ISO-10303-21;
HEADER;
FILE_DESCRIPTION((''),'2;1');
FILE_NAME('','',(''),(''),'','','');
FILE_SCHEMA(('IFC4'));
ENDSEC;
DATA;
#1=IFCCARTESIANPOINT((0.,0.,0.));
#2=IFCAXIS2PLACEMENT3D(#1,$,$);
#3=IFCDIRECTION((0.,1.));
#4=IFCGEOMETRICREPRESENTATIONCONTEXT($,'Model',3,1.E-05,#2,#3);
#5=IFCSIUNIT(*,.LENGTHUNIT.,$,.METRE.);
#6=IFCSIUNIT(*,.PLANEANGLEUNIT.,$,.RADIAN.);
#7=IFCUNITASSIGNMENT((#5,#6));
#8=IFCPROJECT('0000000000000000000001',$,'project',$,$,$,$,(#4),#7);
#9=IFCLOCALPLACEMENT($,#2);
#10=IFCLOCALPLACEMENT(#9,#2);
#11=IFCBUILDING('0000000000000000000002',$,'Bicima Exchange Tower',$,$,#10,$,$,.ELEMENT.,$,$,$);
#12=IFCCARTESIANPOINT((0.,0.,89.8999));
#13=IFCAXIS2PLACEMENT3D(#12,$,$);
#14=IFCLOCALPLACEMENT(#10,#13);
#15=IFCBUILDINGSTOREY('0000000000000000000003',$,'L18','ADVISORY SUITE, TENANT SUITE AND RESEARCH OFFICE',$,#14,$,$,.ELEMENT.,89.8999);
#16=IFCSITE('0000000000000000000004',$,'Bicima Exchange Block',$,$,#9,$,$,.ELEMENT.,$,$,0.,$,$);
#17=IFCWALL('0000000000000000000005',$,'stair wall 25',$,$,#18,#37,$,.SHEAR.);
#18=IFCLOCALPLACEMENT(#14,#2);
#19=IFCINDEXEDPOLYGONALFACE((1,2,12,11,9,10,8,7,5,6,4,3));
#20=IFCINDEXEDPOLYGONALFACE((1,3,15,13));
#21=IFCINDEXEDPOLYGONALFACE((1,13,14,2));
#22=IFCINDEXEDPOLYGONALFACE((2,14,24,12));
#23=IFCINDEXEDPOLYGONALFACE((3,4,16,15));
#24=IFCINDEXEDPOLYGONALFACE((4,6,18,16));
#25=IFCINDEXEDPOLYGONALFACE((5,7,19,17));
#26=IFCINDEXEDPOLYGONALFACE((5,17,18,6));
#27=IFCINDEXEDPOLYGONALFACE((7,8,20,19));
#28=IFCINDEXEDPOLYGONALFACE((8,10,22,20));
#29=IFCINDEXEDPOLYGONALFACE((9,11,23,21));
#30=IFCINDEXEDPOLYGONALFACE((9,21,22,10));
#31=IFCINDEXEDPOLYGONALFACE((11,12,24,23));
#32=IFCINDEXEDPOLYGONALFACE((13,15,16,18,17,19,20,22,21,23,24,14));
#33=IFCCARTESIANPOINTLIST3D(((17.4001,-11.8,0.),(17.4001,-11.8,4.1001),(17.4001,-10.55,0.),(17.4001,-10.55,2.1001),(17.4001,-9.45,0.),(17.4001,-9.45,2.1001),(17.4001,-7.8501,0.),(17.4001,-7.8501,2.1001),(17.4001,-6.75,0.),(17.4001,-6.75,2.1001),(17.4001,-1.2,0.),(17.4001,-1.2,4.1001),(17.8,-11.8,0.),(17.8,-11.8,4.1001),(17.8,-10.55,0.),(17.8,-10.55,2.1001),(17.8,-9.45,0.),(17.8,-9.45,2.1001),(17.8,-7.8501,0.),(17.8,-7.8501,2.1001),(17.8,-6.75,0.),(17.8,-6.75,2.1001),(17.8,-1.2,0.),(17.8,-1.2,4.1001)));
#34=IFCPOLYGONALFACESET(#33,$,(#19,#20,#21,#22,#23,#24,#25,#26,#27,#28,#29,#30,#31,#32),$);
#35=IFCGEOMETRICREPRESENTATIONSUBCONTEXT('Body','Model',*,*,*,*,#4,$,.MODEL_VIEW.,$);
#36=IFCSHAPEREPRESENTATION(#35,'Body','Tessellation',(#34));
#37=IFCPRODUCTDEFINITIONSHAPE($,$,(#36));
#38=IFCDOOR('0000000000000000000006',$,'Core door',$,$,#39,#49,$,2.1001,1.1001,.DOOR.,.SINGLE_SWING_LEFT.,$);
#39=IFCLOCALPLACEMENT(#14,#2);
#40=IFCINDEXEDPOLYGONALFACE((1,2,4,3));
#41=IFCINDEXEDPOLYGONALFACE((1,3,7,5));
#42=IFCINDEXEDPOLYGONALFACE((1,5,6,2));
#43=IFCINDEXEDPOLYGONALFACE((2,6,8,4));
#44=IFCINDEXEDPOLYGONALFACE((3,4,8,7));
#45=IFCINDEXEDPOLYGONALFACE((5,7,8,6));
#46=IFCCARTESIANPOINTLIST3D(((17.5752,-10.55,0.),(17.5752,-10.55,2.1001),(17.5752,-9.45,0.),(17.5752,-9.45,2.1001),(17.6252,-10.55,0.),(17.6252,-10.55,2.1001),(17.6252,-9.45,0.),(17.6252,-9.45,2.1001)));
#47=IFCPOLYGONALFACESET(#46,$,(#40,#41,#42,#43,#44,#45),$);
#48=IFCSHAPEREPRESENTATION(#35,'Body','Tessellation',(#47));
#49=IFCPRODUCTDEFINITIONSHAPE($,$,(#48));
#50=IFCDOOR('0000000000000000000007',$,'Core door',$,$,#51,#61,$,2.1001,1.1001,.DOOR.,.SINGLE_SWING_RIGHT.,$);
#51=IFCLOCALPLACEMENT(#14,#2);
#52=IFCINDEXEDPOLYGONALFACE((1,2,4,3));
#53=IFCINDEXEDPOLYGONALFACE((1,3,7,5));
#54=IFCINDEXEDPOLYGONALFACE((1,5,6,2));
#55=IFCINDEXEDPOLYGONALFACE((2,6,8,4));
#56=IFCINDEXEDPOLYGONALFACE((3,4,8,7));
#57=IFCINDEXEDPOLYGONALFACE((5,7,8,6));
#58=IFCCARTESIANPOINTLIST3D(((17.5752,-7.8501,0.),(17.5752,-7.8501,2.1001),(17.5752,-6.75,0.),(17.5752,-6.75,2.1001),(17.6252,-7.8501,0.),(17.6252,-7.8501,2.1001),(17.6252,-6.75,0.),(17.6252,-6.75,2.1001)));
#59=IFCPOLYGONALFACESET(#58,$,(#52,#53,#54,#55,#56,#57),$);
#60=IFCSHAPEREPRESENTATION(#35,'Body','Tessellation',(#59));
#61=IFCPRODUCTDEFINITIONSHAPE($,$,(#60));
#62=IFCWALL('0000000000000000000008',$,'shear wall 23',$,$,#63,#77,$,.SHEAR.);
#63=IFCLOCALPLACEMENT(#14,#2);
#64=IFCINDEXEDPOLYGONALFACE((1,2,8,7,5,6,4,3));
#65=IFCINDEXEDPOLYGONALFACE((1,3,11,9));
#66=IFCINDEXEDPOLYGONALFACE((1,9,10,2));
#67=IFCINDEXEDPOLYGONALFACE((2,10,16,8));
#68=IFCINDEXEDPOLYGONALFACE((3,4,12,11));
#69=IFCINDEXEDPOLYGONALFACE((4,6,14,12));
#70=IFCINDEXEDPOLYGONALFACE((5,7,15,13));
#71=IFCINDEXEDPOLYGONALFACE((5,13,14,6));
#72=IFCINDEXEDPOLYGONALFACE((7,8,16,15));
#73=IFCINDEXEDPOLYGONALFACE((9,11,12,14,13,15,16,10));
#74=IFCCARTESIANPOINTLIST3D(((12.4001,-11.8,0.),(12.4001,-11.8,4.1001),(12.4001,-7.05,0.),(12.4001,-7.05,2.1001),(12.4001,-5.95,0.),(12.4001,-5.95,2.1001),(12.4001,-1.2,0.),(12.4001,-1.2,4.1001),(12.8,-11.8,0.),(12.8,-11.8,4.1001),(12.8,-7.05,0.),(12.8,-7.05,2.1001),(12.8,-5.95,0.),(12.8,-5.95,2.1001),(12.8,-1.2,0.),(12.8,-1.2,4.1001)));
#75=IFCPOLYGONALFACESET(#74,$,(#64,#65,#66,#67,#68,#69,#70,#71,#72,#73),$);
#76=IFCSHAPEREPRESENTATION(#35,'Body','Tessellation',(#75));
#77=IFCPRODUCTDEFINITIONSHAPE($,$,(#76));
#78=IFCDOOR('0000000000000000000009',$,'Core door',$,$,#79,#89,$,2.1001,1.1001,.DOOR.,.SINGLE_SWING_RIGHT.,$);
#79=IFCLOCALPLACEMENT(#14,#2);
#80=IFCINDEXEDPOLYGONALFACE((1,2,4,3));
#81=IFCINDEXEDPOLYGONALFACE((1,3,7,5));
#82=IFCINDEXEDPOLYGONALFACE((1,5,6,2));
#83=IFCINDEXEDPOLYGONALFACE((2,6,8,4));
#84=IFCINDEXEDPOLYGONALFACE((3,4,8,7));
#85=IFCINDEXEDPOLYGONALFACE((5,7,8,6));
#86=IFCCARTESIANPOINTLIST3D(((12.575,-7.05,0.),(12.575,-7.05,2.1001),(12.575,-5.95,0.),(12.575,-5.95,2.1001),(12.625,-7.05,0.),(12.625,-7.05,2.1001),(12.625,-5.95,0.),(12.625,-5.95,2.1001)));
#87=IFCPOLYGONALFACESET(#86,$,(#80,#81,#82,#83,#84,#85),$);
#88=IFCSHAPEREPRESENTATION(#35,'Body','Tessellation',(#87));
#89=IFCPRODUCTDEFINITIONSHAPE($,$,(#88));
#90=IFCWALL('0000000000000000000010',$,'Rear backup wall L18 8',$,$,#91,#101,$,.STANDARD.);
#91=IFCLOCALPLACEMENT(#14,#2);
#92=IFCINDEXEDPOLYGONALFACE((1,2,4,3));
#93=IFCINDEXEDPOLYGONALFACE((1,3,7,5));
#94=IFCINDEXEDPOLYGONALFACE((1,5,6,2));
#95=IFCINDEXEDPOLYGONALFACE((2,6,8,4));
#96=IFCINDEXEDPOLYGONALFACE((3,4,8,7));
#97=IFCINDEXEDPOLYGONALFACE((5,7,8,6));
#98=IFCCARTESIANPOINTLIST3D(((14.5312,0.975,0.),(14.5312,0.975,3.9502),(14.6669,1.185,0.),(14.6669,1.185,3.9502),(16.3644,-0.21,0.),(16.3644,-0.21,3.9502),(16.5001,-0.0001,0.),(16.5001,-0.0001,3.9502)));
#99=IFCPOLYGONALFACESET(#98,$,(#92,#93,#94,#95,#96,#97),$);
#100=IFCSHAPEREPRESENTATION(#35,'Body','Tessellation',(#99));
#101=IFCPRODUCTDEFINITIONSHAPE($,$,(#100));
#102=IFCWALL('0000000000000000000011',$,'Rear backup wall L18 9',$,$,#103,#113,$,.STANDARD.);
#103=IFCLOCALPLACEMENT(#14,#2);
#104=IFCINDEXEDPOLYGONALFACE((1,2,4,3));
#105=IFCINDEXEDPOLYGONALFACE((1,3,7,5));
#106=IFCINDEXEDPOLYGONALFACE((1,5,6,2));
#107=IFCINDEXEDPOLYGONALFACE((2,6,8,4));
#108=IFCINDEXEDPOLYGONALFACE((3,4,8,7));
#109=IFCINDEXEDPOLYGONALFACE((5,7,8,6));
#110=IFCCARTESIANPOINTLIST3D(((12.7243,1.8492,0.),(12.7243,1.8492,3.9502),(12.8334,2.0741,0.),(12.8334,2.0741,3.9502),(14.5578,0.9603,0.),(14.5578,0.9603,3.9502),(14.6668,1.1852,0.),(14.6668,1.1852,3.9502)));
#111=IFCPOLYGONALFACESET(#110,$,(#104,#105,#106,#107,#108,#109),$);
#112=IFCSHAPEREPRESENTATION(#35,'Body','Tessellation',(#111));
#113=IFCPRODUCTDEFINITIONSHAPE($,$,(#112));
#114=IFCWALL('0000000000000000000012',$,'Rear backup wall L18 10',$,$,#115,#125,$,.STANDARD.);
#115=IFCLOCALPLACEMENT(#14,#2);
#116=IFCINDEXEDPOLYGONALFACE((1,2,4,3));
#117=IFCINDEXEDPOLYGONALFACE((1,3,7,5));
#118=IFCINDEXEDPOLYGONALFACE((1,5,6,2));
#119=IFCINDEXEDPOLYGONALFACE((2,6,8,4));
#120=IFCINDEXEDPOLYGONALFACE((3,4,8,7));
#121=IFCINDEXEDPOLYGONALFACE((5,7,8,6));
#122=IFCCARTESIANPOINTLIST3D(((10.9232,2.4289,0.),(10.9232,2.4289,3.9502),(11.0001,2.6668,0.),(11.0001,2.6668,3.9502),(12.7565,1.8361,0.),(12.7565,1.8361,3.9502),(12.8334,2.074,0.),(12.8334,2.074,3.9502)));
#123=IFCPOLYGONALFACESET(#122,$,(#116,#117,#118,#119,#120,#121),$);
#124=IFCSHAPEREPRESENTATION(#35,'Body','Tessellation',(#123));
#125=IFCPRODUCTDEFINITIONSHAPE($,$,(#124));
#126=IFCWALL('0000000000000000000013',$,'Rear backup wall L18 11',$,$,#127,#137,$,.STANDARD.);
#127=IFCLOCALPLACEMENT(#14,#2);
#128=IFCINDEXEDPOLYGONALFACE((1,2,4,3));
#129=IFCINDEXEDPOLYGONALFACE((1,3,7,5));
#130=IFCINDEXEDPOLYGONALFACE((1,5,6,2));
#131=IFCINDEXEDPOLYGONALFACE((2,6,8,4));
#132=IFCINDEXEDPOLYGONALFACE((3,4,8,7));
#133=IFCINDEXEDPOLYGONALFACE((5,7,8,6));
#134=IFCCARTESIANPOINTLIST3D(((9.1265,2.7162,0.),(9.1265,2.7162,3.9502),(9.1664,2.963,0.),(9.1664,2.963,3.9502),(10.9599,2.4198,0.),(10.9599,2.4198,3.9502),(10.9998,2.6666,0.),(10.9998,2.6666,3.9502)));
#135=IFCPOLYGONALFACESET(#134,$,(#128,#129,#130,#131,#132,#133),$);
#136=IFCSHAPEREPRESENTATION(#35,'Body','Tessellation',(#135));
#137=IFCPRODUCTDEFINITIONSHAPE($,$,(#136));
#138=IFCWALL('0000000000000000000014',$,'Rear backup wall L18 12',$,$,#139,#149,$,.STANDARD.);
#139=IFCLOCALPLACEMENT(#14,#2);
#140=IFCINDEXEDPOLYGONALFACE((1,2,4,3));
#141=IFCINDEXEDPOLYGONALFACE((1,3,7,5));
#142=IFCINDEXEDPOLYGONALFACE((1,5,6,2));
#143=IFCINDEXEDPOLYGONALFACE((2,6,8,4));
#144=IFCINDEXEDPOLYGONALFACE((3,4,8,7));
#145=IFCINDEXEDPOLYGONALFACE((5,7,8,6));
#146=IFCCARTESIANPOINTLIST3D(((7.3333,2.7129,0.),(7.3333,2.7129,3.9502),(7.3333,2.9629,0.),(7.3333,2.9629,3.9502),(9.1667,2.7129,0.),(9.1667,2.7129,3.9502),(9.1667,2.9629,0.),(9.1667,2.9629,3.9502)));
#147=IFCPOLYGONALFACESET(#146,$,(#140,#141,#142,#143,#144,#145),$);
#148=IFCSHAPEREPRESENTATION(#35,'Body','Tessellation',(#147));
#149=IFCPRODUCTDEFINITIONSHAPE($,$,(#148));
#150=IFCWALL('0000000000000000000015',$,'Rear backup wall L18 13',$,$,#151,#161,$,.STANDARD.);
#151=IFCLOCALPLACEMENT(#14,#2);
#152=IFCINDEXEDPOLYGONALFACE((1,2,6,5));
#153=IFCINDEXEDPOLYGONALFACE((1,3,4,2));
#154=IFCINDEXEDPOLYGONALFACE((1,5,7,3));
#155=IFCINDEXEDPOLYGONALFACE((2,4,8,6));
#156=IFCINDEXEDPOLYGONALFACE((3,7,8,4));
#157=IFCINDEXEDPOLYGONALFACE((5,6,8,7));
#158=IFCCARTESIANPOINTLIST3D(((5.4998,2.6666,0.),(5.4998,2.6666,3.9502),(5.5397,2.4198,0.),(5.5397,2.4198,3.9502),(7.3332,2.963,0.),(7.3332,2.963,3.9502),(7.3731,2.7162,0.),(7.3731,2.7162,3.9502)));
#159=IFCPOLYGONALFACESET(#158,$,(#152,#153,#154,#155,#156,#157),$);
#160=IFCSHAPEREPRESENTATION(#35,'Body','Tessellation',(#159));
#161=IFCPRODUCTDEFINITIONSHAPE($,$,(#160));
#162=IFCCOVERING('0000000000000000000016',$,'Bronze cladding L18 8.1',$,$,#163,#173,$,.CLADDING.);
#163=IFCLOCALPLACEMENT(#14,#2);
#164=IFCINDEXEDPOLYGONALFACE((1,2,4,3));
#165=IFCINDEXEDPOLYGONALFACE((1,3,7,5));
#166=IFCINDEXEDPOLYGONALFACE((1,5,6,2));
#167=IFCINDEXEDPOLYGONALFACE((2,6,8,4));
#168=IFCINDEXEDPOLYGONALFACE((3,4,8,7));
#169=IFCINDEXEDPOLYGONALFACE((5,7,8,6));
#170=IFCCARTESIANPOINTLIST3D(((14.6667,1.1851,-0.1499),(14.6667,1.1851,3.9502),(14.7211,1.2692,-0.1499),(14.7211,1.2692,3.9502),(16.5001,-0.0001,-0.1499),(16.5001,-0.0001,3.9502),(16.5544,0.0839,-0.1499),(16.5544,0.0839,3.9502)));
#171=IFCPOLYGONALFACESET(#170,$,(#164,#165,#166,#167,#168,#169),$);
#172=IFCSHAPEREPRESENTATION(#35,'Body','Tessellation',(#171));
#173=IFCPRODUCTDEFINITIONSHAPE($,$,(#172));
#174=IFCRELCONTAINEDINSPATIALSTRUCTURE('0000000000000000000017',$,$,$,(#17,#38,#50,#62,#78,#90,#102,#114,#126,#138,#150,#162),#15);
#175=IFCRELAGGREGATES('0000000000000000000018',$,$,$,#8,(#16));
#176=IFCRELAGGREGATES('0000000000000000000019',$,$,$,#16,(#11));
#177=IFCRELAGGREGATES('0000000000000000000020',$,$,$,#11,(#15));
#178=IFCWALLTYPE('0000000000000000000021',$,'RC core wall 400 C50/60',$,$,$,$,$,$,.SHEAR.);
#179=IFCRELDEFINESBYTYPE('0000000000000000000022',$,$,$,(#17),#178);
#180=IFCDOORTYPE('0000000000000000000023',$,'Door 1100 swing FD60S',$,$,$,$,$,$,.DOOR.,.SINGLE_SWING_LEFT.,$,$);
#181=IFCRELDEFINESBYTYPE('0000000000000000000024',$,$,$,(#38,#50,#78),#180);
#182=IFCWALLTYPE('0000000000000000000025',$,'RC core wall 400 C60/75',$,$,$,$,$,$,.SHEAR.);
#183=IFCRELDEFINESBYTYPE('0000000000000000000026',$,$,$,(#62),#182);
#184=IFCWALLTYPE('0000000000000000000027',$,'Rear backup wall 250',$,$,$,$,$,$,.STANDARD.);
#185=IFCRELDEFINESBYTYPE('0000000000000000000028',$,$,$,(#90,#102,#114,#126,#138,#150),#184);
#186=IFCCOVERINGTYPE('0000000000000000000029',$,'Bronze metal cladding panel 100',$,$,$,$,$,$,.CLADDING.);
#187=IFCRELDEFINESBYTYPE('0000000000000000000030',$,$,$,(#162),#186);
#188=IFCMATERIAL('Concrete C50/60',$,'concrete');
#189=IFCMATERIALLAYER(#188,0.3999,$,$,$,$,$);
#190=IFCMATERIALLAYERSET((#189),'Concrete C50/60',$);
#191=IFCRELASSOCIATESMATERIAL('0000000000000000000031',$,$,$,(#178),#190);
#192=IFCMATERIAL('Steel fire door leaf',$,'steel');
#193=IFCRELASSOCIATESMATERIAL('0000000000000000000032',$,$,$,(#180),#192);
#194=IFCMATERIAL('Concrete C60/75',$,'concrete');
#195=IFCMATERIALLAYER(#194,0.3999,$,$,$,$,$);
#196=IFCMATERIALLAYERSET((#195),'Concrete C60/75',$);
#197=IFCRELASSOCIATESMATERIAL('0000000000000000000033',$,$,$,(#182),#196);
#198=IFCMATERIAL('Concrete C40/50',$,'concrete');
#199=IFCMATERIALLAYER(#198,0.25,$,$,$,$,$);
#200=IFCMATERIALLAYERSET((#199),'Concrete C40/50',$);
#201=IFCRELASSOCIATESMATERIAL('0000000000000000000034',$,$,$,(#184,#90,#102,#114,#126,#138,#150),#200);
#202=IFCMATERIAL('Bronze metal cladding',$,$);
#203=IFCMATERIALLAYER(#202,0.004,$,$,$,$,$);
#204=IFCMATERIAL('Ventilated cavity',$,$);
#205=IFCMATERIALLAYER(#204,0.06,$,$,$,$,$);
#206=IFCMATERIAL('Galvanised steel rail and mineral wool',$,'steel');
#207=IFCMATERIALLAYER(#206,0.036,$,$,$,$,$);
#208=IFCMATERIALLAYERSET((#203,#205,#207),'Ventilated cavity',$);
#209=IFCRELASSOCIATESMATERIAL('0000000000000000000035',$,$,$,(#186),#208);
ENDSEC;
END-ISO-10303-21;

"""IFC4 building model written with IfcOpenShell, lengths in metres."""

from ifc_helpers import new_model, si_unit, direction, frame, frame_2d, origin, origin_2d, place, context, subcontext, project, spatial, rectangle, extrude, material, layer, layer_set, layer_usage, type_object, element, fill, save


model = new_model("IFC4")

# Units and contexts
model_context = context("Model", 3, precision=1e-05, world=origin(), true_north=direction((0.0, 1.0)))
body_context = subcontext(model_context, "Body", "Model", "MODEL_VIEW")
ifc_project = project(units=[si_unit("LENGTHUNIT", "METRE"), si_unit("PLANEANGLEUNIT", "RADIAN")], contexts=[model_context])

# Site, building, storey
site_placement = place(None, origin())
site = spatial("IfcSite", under=ifc_project, at=site_placement, Name="Bicima Exchange Block", CompositionType="ELEMENT", RefElevation=0.0)
building_placement = place(site_placement, origin())
building = spatial("IfcBuilding", under=site, at=building_placement, Name="Bicima Exchange Tower", CompositionType="ELEMENT")
storey_placement = place(building_placement, frame((0.0, 0.0, 89.8999)))
storey = spatial("IfcBuildingStorey", under=building, at=storey_placement, Name="L18", Description="ADVISORY SUITE, TENANT SUITE AND RESEARCH OFFICE", CompositionType="ELEMENT", Elevation=89.8999)

# Shared definitions
ifc_material_1 = material(Name="Concrete C50/60", Category="concrete")
ifc_layer_1 = layer(ifc_material_1, 0.3999)
ifc_layer_set_1 = layer_set([ifc_layer_1], Name="Concrete C50/60")
wall_type_1 = type_object("IfcWallType", Name="RC core wall 400 C50/60", PredefinedType="SHEAR", material=ifc_layer_set_1)
ifc_material_2 = material(Name="Steel fire door leaf", Category="steel")

# Wall, openings, doors
wall_1_placement = place(storey_placement, frame((17.6001, -11.8, 0.0), z_axis=(0.0, 0.0, 1.0), x_axis=(0.0, 1.0, 0.0)))
wall_1 = element("IfcWall", 1, at=wall_1_placement, inside=storey, type_object=wall_type_1, Name="stair wall 25", PredefinedType="SHEAR", context=body_context, shape_type="SweptSolid", body=[
    extrude(rectangle(XDim=10.6001, YDim=0.3999, at=frame_2d((5.3, 0.0))), origin(), (0.0, 0.0, 1.0), 4.1001),
])
opening_1_placement = place(wall_1_placement, frame((1.25, 0.0, 0.0)))
opening_1 = element("IfcOpeningElement", 2, at=opening_1_placement, cuts=wall_1, PredefinedType="OPENING", context=body_context, shape_type="SweptSolid", body=[
    extrude(rectangle(XDim=1.1001, YDim=2.1001, at=frame_2d((0.55, 1.05))), frame((0.0, 0.2119, 0.0), z_axis=(0.0, -1.0, 0.0), x_axis=(1.0, 0.0, 0.0)), (0.0, 0.0, 1.0), 0.4238),
])
opening_2_placement = place(wall_1_placement, frame((3.95, 0.0, 0.0)))
opening_2 = element("IfcOpeningElement", 3, at=opening_2_placement, cuts=wall_1, PredefinedType="OPENING", context=body_context, shape_type="SweptSolid", body=[
    extrude(rectangle(XDim=1.1001, YDim=2.1001, at=frame_2d((0.55, 1.05))), frame((0.0, 0.2119, 0.0), z_axis=(0.0, -1.0, 0.0), x_axis=(1.0, 0.0, 0.0)), (0.0, 0.0, 1.0), 0.4238),
])
door_type_1 = type_object("IfcDoorType", Name="Door 1100 swing FD60S", OperationType="SINGLE_SWING_LEFT", PredefinedType="DOOR", material=ifc_material_2)
door_1_placement = place(opening_1_placement, origin())
door_1 = element("IfcDoor", 4, at=door_1_placement, inside=storey, type_object=door_type_1, Name="Core door", OperationType="SINGLE_SWING_LEFT", OverallHeight=2.1001, OverallWidth=1.1001, PredefinedType="DOOR", context=body_context, shape_type="SweptSolid", body=[
    extrude(rectangle(XDim=1.1001, YDim=2.1001, at=frame_2d((0.55, 1.05))), frame((0.0, 0.0249, 0.0), z_axis=(0.0, -1.0, 0.0), x_axis=(1.0, 0.0, 0.0)), (0.0, 0.0, 1.0), 0.05),
])
fill(opening_1, door_1)
door_2_placement = place(opening_2_placement, origin())
door_2 = element("IfcDoor", 5, at=door_2_placement, inside=storey, type_object=door_type_1, Name="Core door", OperationType="SINGLE_SWING_RIGHT", OverallHeight=2.1001, OverallWidth=1.1001, PredefinedType="DOOR", context=body_context, shape_type="SweptSolid", body=[
    extrude(rectangle(XDim=1.1001, YDim=2.1001, at=frame_2d((0.55, 1.05))), frame((0.0, 0.0249, 0.0), z_axis=(0.0, -1.0, 0.0), x_axis=(1.0, 0.0, 0.0)), (0.0, 0.0, 1.0), 0.05),
])
fill(opening_2, door_2)

# Wall, opening, door
ifc_material_3 = material(Name="Concrete C60/75", Category="concrete")
ifc_layer_2 = layer(ifc_material_3, 0.3999)
ifc_layer_set_2 = layer_set([ifc_layer_2], Name="Concrete C60/75")
wall_type_2 = type_object("IfcWallType", Name="RC core wall 400 C60/75", PredefinedType="SHEAR", material=ifc_layer_set_2)
wall_2_placement = place(storey_placement, frame((12.6001, -11.8, 0.0), z_axis=(0.0, 0.0, 1.0), x_axis=(0.0, 1.0, 0.0)))
wall_2 = element("IfcWall", 6, at=wall_2_placement, inside=storey, type_object=wall_type_2, Name="shear wall 23", PredefinedType="SHEAR", context=body_context, shape_type="SweptSolid", body=[
    extrude(rectangle(XDim=10.6001, YDim=0.3999, at=frame_2d((5.3, 0.0))), origin(), (0.0, 0.0, 1.0), 4.1001),
])
opening_3_placement = place(wall_2_placement, frame((4.75, 0.0, 0.0)))
opening_3 = element("IfcOpeningElement", 7, at=opening_3_placement, cuts=wall_2, PredefinedType="OPENING", context=body_context, shape_type="SweptSolid", body=[
    extrude(rectangle(XDim=1.1001, YDim=2.1001, at=frame_2d((0.55, 1.05))), frame((0.0, 0.2119, 0.0), z_axis=(0.0, -1.0, 0.0), x_axis=(1.0, 0.0, 0.0)), (0.0, 0.0, 1.0), 0.4238),
])
door_3_placement = place(opening_3_placement, frame((1.1001, 0.0, 0.0), z_axis=(0.0, 0.0, 1.0), x_axis=(-1.0, 0.0, 0.0)))
door_3 = element("IfcDoor", 8, at=door_3_placement, inside=storey, type_object=door_type_1, Name="Core door", OperationType="SINGLE_SWING_RIGHT", OverallHeight=2.1001, OverallWidth=1.1001, PredefinedType="DOOR", context=body_context, shape_type="SweptSolid", body=[
    extrude(rectangle(XDim=1.1001, YDim=2.1001, at=frame_2d((0.55, 1.05))), frame((0.0, 0.0249, 0.0), z_axis=(0.0, -1.0, 0.0), x_axis=(1.0, 0.0, 0.0)), (0.0, 0.0, 1.0), 0.05),
])
fill(opening_3, door_3)

# Walls
ifc_material_4 = material(Name="Concrete C40/50", Category="concrete")
ifc_layer_3 = layer(ifc_material_4, 0.25)
ifc_layer_set_3 = layer_set([ifc_layer_3], Name="Concrete C40/50")
ifc_layer_usage = layer_usage(ifc_layer_set_3, "AXIS2", "POSITIVE", -0.125)
wall_type_3 = type_object("IfcWallType", Name="Rear backup wall 250", PredefinedType="STANDARD", material=ifc_layer_set_3)
wall_3_placement = place(storey_placement, frame((16.4321, -0.105, 0.0), z_axis=(0.0, 0.0, 1.0), x_axis=(-0.839813, 0.542876, 0.0)))
element("IfcWall", 9, at=wall_3_placement, inside=storey, type_object=wall_type_3, material=ifc_layer_usage, Name="Rear backup wall L18 8", PredefinedType="STANDARD", context=body_context, shape_type="SweptSolid", body=[
    extrude(rectangle(XDim=2.1829, YDim=0.25, at=frame_2d((1.0913, 0.0))), origin(), (0.0, 0.0, 1.0), 3.9502),
])
wall_4_placement = place(storey_placement, frame((14.6123, 1.0728, 0.0), z_axis=(0.0, 0.0, 1.0), x_axis=(-0.899824, 0.436253, 0.0)))
element("IfcWall", 10, at=wall_4_placement, inside=storey, type_object=wall_type_3, material=ifc_layer_usage, Name="Rear backup wall L18 9", PredefinedType="STANDARD", context=body_context, shape_type="SweptSolid", body=[
    extrude(rectangle(XDim=2.0376, YDim=0.25, at=frame_2d((1.0188, 0.0))), origin(), (0.0, 0.0, 1.0), 3.9502),
])
wall_5_placement = place(storey_placement, frame((12.7949, 1.9551, 0.0), z_axis=(0.0, 0.0, 1.0), x_axis=(-0.951496, 0.307662, 0.0)))
element("IfcWall", 11, at=wall_5_placement, inside=storey, type_object=wall_type_3, material=ifc_layer_usage, Name="Rear backup wall L18 10", PredefinedType="STANDARD", context=body_context, shape_type="SweptSolid", body=[
    extrude(rectangle(XDim=1.9268, YDim=0.25, at=frame_2d((0.9634, 0.0))), origin(), (0.0, 0.0, 1.0), 3.9502),
])
wall_6_placement = place(storey_placement, frame((10.98, 2.5432, 0.0), z_axis=(0.0, 0.0, 1.0), x_axis=(-0.987182, 0.1596, 0.0)))
element("IfcWall", 12, at=wall_6_placement, inside=storey, type_object=wall_type_3, material=ifc_layer_usage, Name="Rear backup wall L18 11", PredefinedType="STANDARD", context=body_context, shape_type="SweptSolid", body=[
    extrude(rectangle(XDim=1.8572, YDim=0.25, at=frame_2d((0.9287, 0.0))), origin(), (0.0, 0.0, 1.0), 3.9502),
])
wall_7_placement = place(storey_placement, frame((9.1667, 2.8379, 0.0), z_axis=(0.0, 0.0, 1.0), x_axis=(-1.0, 0.0, 0.0)))
element("IfcWall", 13, at=wall_7_placement, inside=storey, type_object=wall_type_3, material=ifc_layer_usage, Name="Rear backup wall L18 12", PredefinedType="STANDARD", context=body_context, shape_type="SweptSolid", body=[
    extrude(rectangle(XDim=1.8335, YDim=0.25, at=frame_2d((0.9167, 0.0))), origin(), (0.0, 0.0, 1.0), 3.9502),
])
wall_8_placement = place(storey_placement, frame((7.3533, 2.8396, 0.0), z_axis=(0.0, 0.0, 1.0), x_axis=(-0.987182, -0.1596, 0.0)))
element("IfcWall", 14, at=wall_8_placement, inside=storey, type_object=wall_type_3, material=ifc_layer_usage, Name="Rear backup wall L18 13", PredefinedType="STANDARD", context=body_context, shape_type="SweptSolid", body=[
    extrude(rectangle(XDim=1.8572, YDim=0.25, at=frame_2d((0.9287, 0.0))), origin(), (0.0, 0.0, 1.0), 3.9502),
])

# Covering
ifc_material_5 = material(Name="Bronze metal cladding")
ifc_layer_4 = layer(ifc_material_5, 0.004)
ifc_material_6 = material(Name="Ventilated cavity")
ifc_layer_5 = layer(ifc_material_6, 0.06)
ifc_material_7 = material(Name="Galvanised steel rail and mineral wool", Category="steel")
ifc_layer_6 = layer(ifc_material_7, 0.036)
ifc_layer_set_4 = layer_set([ifc_layer_4, ifc_layer_5, ifc_layer_6], Name="Ventilated cavity")
covering_type = type_object("IfcCoveringType", Name="Bronze metal cladding panel 100", PredefinedType="CLADDING", material=ifc_layer_set_4)
covering_1_placement = place(storey_placement, frame((15.6106, 0.6345, -0.1499), z_axis=(0.0, 0.0, 1.0), x_axis=(-0.83979, 0.542911, 0.0)))
element("IfcCovering", 15, at=covering_1_placement, inside=storey, type_object=covering_type, Name="Bronze cladding L18 8.1", PredefinedType="CLADDING", context=body_context, shape_type="SweptSolid", body=[
    extrude(rectangle(XDim=2.1831, YDim=0.1001, at=origin_2d()), origin(), (0.0, 0.0, 1.0), 4.1001),
])

save(model, "model.ifc")
